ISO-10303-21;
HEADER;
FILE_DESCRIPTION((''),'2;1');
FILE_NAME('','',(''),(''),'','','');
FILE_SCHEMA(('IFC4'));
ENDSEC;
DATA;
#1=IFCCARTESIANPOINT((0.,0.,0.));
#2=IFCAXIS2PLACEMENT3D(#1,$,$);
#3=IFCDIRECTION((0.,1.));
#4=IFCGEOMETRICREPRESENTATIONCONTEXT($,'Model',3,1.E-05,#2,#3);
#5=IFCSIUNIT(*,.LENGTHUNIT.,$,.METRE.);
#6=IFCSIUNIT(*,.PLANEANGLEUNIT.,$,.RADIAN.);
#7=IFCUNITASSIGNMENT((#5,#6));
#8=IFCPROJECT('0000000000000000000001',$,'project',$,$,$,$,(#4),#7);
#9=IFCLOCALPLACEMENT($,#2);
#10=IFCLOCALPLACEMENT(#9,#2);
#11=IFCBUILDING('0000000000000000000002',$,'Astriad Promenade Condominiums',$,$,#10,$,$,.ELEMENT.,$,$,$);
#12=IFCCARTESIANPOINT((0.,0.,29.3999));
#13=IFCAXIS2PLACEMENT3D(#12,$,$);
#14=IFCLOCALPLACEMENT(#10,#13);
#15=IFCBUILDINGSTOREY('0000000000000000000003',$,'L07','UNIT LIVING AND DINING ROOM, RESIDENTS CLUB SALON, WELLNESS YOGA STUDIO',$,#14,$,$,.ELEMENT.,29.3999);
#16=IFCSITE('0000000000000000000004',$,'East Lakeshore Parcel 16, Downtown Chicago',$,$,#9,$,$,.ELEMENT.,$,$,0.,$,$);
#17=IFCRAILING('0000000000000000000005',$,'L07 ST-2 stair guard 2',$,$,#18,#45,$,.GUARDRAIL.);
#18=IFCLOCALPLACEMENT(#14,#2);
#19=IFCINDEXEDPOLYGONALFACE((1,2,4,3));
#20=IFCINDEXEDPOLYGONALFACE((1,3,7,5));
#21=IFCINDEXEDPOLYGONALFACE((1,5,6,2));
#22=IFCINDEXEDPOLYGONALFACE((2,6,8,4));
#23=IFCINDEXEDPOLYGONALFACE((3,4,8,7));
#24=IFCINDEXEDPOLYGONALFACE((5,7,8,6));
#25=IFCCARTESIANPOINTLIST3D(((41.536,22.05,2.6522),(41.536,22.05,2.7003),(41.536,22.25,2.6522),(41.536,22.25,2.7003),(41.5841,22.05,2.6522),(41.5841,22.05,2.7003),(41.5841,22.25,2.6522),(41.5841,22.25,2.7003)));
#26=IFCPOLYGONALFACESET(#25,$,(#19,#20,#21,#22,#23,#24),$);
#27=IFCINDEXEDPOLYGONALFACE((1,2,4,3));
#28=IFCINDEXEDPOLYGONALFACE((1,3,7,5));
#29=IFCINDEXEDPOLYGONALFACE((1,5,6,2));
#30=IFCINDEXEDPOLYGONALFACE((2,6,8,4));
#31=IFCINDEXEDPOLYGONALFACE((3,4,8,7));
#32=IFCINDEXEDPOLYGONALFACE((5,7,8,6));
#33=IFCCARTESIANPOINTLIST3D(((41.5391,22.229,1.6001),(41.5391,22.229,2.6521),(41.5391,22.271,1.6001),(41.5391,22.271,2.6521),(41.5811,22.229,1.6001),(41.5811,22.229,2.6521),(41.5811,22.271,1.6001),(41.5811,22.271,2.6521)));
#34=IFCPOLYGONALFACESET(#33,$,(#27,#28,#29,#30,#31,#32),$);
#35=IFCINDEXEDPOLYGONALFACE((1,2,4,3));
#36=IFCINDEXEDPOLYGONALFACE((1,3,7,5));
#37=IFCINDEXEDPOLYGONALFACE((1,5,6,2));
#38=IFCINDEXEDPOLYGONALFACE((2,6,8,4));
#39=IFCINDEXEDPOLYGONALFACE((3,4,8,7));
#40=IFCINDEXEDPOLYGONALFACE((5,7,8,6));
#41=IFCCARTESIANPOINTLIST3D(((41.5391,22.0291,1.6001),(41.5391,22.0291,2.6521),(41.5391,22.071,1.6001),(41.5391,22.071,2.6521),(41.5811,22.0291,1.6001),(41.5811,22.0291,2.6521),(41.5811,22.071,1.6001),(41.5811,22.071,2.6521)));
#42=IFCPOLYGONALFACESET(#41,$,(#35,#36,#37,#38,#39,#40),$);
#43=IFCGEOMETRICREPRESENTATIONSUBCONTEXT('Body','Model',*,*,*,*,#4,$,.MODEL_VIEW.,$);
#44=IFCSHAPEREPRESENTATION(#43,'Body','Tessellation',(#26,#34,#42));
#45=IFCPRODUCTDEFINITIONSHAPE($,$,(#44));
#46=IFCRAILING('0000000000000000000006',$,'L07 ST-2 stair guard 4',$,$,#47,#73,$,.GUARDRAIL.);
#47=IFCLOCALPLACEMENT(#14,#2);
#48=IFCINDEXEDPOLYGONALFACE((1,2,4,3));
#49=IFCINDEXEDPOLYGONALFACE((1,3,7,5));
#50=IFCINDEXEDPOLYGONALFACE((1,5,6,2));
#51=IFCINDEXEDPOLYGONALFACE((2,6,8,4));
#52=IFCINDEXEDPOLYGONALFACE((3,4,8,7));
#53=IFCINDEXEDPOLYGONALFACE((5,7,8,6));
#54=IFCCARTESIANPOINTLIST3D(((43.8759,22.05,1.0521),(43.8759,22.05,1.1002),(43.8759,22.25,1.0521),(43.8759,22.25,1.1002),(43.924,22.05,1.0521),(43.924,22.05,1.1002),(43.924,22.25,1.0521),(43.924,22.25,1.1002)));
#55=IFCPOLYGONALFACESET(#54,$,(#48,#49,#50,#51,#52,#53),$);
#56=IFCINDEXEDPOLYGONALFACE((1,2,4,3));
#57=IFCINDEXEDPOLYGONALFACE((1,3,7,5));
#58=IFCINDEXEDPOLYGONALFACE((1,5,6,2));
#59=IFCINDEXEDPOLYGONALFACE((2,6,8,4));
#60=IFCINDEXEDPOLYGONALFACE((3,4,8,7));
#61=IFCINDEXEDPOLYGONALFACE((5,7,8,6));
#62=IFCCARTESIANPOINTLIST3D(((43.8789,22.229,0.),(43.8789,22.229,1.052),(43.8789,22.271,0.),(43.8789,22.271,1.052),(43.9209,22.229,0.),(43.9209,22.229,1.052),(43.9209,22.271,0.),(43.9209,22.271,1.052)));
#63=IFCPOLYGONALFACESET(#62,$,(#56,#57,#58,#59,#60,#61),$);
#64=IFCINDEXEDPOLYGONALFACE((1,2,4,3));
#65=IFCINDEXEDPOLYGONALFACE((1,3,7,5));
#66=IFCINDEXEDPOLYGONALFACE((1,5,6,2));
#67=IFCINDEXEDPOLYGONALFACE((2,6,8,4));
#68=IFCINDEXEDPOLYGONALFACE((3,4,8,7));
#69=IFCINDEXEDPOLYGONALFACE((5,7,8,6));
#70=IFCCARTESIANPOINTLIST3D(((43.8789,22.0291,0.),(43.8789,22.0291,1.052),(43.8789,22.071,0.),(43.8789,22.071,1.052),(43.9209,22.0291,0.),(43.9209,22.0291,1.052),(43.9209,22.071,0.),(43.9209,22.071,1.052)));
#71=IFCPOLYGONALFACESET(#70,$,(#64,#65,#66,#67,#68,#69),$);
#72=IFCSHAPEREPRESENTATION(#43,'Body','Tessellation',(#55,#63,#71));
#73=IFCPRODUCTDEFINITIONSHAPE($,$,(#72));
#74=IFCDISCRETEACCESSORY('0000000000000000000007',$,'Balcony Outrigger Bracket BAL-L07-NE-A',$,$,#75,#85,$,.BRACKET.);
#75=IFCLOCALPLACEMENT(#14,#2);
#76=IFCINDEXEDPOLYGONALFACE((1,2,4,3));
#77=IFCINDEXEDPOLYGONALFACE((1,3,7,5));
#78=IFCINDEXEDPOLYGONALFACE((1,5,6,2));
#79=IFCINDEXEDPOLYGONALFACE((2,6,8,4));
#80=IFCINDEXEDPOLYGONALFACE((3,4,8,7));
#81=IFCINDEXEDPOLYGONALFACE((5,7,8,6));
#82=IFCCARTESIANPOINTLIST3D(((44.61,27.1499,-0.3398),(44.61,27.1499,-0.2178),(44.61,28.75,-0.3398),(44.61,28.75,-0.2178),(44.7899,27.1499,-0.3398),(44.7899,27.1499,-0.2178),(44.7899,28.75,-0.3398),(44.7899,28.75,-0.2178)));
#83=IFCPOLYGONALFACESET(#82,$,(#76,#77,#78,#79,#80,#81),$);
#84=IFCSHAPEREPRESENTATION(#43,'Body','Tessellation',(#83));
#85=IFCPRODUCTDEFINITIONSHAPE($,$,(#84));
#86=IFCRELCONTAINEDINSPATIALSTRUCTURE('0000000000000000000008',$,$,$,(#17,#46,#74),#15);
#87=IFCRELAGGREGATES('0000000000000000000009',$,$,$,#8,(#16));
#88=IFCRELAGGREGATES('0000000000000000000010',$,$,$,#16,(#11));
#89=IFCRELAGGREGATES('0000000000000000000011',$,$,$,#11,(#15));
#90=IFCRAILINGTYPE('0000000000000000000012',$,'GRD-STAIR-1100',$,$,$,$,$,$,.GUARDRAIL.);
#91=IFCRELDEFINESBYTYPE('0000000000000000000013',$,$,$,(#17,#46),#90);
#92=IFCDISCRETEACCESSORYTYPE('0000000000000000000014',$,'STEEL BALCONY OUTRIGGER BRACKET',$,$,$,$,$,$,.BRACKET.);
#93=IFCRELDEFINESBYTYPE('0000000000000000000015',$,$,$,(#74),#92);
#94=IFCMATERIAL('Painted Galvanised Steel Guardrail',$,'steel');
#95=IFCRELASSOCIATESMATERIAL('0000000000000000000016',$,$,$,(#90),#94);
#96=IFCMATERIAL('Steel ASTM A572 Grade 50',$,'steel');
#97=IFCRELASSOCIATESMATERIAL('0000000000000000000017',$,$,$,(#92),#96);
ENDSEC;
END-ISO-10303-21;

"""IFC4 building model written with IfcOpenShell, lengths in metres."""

from ifc_helpers import new_model, si_unit, direction, frame, origin, origin_2d, place, context, subcontext, project, spatial, rectangle, extrude, source, transform, mapped, material, type_object, type_shapes, element, save


model = new_model("IFC4")

# Units and contexts
model_context = context("Model", 3, precision=1e-05, world=origin(), true_north=direction((0.0, 1.0)))
body_context = subcontext(model_context, "Body", "Model", "MODEL_VIEW")
ifc_project = project(units=[si_unit("LENGTHUNIT", "METRE"), si_unit("PLANEANGLEUNIT", "RADIAN")], contexts=[model_context])

# Site, building, storey
site_placement = place(None, origin())
site = spatial("IfcSite", under=ifc_project, at=site_placement, Name="East Lakeshore Parcel 16, Downtown Chicago", CompositionType="ELEMENT", RefElevation=0.0)
building_placement = place(site_placement, origin())
building = spatial("IfcBuilding", under=site, at=building_placement, Name="Astriad Promenade Condominiums", CompositionType="ELEMENT")
storey_placement = place(building_placement, frame((0.0, 0.0, 29.3999)))
storey = spatial("IfcBuildingStorey", under=building, at=storey_placement, Name="L07", Description="UNIT LIVING AND DINING ROOM, RESIDENTS CLUB SALON, WELLNESS YOGA STUDIO", CompositionType="ELEMENT", Elevation=29.3999)

# Railings
ifc_material_1 = material(Name="Painted Galvanised Steel Guardrail", Category="steel")
railing_type_1 = type_object("IfcRailingType", Name="GRD-STAIR-1100", PredefinedType="GUARDRAIL", material=ifc_material_1)
shared_shape_1 = source(origin(), body_context, "Body", "SweptSolid", [
    extrude(rectangle(XDim=0.0481, YDim=0.0481, at=origin_2d()), frame((0.0, 0.0, 1.0762), z_axis=(0.0, -1.0, 0.0), x_axis=(1.0, 0.0, 0.0)), (0.0, 0.0, 1.0), 0.2),
    extrude(rectangle(XDim=0.042, YDim=0.042, at=origin_2d()), origin(), (0.0, 0.0, 1.0), 1.052),
    extrude(rectangle(XDim=0.042, YDim=0.042, at=origin_2d()), frame((0.0, -0.2, 0.0)), (0.0, 0.0, 1.0), 1.052),
])
for number, where, name in (
    (1, (41.5601, 22.25, 1.6001), "L07 ST-2 stair guard 2"),
    (2, (43.8999, 22.25, 0.0), "L07 ST-2 stair guard 4"),
):
    element("IfcRailing", number, at=place(storey_placement, frame(where)), inside=storey, type_object=railing_type_1, Name=name, PredefinedType="GUARDRAIL", context=body_context, shape_type="MappedRepresentation", body=[
        mapped(shared_shape_1, transform((0.0, 0.0, 0.0), scale=1.0)),
    ])

# Discrete accessory
ifc_material_2 = material(Name="Steel ASTM A572 Grade 50", Category="steel")
discrete_accessory_type = type_object("IfcDiscreteAccessoryType", Name="STEEL BALCONY OUTRIGGER BRACKET", PredefinedType="BRACKET", material=ifc_material_2)
shared_shape_2 = source(origin(), body_context, "Body", "SweptSolid", [
    extrude(rectangle(XDim=1.6001, YDim=0.1799, at=origin_2d()), origin(), (0.0, 0.0, 1.0), 0.1221),
])
type_shapes(discrete_accessory_type, [shared_shape_2])
discrete_accessory_placement = place(storey_placement, frame((44.7, 27.95, -0.3398), z_axis=(0.0, 0.0, 1.0), x_axis=(0.0, 1.0, 0.0)))
element("IfcDiscreteAccessory", 3, at=discrete_accessory_placement, inside=storey, type_object=discrete_accessory_type, Name="Balcony Outrigger Bracket BAL-L07-NE-A", PredefinedType="BRACKET", context=body_context, shape_type="MappedRepresentation", body=[
    mapped(shared_shape_2, transform((0.0, 0.0, 0.0), scale=1.0)),
])

save(model, "model.ifc")
